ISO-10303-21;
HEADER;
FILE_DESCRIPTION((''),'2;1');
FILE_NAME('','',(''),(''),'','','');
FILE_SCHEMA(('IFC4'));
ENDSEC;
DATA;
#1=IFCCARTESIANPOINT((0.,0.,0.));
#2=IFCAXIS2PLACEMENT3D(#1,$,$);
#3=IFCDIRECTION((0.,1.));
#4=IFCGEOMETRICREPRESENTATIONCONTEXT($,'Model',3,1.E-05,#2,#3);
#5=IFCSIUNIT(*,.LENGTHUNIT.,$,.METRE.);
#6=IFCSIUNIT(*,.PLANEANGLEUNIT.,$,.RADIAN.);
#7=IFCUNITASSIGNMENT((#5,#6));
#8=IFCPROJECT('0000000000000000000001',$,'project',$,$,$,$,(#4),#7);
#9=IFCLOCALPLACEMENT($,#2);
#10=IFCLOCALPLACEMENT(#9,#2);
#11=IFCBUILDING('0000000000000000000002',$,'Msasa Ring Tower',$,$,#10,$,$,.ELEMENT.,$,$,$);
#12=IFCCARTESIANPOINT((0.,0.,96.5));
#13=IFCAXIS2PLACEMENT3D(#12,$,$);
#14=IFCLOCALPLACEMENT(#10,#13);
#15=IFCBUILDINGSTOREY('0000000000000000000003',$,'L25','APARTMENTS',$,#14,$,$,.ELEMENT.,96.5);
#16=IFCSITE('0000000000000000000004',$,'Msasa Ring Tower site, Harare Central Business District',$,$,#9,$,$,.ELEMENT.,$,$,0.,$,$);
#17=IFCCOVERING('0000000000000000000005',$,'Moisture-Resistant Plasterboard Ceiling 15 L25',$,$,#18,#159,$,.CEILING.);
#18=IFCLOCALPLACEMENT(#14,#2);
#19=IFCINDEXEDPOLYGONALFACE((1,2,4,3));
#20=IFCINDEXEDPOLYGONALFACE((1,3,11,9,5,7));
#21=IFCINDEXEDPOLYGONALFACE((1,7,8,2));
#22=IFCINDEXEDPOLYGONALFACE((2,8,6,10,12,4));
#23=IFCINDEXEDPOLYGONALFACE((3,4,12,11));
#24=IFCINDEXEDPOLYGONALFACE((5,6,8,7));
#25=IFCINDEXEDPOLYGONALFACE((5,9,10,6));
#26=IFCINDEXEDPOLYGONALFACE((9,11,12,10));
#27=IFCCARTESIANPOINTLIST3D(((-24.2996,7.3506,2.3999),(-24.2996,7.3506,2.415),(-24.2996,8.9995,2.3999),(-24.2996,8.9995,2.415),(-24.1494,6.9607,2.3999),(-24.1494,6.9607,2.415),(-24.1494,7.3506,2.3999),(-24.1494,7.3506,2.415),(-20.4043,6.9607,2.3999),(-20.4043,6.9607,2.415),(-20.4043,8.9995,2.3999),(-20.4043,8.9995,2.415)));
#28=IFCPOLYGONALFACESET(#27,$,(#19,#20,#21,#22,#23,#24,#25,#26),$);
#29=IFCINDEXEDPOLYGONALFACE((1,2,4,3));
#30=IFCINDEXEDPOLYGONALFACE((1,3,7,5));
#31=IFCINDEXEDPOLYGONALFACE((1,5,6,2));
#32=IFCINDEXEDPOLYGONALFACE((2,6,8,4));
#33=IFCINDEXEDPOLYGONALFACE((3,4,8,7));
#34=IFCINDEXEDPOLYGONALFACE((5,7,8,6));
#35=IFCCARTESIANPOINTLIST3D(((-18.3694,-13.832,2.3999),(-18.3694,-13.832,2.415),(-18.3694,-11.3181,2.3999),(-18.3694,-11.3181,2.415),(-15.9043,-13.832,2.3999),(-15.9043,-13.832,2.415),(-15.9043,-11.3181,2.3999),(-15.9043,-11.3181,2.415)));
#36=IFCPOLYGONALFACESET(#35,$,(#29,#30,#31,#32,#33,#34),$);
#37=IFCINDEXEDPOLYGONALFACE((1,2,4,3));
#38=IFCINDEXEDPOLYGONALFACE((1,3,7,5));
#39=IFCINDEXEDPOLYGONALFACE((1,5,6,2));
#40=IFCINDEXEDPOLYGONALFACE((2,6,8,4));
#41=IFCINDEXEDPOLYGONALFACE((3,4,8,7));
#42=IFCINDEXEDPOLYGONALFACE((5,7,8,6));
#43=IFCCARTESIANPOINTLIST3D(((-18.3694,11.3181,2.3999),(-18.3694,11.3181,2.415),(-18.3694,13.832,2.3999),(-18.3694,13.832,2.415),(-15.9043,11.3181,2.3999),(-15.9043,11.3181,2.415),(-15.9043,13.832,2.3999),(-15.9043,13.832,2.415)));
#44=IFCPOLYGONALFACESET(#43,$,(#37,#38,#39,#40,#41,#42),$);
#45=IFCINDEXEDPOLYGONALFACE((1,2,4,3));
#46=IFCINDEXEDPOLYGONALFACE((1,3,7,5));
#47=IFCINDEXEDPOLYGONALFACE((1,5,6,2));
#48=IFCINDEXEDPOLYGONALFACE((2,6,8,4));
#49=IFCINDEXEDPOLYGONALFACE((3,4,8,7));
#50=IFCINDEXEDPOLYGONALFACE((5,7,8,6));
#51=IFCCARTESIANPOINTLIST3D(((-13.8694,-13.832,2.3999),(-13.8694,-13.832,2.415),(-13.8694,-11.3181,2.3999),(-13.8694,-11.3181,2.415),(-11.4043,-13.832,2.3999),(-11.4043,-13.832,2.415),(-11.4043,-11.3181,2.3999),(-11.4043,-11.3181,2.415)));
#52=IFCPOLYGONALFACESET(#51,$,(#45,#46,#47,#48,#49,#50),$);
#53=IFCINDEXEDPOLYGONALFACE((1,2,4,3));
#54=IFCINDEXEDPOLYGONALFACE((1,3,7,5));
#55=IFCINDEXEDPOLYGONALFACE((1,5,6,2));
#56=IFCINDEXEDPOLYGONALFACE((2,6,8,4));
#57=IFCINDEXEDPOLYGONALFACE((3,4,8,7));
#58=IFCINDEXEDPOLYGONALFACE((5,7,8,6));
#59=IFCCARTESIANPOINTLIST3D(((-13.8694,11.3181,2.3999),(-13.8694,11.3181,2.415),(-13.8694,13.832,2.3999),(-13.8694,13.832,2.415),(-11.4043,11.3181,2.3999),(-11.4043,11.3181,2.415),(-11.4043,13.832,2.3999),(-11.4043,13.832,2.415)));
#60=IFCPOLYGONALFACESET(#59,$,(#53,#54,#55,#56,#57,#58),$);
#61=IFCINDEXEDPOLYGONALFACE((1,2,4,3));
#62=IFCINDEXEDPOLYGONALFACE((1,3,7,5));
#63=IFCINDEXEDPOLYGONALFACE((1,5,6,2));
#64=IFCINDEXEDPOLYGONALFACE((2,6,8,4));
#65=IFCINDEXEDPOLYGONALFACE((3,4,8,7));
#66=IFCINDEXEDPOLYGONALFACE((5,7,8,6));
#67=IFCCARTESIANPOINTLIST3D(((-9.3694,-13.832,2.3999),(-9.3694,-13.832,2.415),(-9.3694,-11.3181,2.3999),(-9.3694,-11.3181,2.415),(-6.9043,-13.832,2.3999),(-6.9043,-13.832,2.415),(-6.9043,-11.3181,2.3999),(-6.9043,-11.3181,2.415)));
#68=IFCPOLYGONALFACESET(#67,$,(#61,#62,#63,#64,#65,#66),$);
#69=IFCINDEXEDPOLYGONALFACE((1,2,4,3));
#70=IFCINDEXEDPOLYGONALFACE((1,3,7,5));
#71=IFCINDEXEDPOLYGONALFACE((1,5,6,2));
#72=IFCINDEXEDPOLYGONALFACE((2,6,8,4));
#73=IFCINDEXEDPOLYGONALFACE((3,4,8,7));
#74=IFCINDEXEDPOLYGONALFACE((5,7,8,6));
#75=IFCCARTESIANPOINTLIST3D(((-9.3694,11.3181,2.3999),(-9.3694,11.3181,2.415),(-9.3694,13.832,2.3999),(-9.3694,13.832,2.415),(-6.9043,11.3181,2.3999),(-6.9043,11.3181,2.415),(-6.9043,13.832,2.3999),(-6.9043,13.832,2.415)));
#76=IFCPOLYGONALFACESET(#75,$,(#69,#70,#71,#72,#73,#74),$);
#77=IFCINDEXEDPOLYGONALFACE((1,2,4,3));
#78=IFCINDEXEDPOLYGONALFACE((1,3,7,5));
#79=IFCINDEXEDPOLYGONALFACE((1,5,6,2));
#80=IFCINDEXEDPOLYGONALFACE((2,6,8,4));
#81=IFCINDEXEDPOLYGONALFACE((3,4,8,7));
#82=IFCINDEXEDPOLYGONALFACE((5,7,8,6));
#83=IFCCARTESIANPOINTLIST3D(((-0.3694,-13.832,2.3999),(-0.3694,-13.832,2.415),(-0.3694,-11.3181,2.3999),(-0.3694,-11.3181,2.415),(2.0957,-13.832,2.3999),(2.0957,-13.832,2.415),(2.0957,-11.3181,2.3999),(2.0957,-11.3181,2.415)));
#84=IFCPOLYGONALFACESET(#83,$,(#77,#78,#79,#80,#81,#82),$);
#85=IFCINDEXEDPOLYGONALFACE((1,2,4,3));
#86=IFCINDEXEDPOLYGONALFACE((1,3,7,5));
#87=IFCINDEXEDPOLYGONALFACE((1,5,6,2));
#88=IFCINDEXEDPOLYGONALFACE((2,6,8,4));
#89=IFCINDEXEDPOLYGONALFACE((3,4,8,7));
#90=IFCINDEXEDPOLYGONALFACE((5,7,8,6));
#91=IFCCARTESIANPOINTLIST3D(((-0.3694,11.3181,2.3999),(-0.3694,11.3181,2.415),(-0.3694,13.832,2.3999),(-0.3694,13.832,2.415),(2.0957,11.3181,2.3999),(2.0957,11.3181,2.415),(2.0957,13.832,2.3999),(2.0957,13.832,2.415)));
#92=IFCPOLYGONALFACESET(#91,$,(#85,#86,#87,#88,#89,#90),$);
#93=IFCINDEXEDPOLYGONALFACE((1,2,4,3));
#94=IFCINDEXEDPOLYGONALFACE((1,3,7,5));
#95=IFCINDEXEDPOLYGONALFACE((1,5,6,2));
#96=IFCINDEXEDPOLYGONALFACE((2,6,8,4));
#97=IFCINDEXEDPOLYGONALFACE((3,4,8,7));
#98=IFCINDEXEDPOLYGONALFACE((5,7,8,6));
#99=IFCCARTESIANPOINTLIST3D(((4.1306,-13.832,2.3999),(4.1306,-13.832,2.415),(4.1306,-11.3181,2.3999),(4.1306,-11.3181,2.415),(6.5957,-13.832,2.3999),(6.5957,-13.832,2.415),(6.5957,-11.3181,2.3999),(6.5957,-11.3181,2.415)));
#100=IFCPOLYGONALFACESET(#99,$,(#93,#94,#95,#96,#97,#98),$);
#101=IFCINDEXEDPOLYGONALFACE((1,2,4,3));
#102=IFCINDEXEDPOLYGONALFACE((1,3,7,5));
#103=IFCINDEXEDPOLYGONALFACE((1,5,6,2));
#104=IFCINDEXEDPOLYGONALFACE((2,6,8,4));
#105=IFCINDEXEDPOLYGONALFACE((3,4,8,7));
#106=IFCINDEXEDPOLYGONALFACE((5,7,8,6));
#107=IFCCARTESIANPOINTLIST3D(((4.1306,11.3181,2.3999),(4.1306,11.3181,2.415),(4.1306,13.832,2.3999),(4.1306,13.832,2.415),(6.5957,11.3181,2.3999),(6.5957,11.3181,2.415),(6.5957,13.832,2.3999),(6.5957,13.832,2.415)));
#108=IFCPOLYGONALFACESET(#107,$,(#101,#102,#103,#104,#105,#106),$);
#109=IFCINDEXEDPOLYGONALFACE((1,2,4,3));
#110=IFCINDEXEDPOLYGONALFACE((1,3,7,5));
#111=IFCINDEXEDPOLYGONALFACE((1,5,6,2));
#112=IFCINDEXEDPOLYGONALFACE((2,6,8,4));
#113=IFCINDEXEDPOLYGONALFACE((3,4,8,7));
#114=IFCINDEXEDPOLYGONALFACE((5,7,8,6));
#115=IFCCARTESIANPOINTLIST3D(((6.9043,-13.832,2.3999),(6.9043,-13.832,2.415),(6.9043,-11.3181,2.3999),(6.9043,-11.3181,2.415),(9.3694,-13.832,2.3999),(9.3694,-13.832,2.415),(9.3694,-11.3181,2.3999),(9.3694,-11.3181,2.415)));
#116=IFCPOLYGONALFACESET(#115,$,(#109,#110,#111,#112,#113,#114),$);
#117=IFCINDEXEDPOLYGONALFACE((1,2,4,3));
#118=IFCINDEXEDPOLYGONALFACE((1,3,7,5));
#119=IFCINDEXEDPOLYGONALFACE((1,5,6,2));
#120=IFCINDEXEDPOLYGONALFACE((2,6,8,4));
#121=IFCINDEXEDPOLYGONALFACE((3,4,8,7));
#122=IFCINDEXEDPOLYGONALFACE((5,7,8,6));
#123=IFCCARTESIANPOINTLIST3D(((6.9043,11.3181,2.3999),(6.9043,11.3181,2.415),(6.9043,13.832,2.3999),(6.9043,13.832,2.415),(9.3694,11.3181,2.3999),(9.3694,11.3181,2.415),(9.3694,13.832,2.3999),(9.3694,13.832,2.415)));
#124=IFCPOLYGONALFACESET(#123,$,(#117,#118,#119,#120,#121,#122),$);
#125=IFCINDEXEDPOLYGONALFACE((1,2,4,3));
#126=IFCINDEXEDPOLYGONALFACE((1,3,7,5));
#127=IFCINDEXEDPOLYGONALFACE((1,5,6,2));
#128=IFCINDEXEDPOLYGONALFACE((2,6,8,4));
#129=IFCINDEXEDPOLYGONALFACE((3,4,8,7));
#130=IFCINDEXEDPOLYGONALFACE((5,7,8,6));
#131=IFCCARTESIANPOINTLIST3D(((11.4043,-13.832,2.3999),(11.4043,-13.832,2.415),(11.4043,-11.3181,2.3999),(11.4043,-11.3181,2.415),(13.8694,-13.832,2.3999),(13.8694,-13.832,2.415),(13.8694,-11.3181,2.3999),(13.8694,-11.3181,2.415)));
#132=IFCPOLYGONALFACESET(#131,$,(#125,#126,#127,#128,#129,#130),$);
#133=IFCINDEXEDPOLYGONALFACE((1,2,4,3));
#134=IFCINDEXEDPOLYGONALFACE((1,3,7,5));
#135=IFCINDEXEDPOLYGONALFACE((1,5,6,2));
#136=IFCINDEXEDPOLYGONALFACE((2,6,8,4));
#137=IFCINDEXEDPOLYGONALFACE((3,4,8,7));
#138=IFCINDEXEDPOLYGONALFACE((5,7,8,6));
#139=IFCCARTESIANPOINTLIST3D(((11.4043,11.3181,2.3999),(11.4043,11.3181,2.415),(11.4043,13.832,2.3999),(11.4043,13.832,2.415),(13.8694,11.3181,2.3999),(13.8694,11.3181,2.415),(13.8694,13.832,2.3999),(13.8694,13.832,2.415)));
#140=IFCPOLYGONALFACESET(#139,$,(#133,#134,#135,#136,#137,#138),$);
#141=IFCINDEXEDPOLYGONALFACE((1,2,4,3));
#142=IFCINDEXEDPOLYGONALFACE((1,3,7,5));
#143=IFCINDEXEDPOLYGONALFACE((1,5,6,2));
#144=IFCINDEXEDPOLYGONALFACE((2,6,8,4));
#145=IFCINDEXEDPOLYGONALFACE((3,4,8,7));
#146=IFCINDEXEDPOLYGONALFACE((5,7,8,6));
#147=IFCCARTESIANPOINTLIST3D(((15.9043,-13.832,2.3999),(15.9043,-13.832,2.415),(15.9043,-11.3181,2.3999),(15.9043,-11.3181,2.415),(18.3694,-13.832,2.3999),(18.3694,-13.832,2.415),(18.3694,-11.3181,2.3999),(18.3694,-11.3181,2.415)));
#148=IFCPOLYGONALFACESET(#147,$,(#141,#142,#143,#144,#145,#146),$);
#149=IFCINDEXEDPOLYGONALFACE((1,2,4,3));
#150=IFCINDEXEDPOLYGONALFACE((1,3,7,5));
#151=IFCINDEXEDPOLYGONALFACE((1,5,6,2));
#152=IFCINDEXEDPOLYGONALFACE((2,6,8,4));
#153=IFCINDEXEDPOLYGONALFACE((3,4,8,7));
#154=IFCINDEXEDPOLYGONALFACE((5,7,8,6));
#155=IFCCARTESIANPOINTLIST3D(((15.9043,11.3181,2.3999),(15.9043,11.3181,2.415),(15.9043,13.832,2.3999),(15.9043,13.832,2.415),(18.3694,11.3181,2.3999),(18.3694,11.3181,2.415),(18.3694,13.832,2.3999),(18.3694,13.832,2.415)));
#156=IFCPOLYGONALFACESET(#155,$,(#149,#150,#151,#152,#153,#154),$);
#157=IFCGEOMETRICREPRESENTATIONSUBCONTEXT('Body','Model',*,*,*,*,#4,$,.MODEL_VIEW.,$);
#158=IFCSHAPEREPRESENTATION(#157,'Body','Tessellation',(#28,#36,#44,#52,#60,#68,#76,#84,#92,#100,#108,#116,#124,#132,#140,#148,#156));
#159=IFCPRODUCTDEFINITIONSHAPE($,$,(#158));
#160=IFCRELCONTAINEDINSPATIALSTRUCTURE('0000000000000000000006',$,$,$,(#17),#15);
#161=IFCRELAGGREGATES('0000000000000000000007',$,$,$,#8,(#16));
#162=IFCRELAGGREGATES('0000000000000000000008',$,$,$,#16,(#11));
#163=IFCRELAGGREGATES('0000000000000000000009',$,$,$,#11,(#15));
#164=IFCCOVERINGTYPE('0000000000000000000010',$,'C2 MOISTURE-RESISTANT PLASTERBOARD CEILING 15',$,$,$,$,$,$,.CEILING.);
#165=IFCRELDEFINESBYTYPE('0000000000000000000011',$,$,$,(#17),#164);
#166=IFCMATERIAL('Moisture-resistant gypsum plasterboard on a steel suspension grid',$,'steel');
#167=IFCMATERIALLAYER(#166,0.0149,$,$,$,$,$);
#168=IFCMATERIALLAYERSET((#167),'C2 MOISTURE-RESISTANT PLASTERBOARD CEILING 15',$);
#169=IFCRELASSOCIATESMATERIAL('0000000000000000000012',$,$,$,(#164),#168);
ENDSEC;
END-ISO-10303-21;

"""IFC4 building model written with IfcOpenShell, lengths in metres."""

from ifc_helpers import new_model, si_unit, direction, frame, origin, place, context, subcontext, project, spatial, line, indexed_curve, outline, extrude, material, layer, layer_set, type_object, element, save


model = new_model("IFC4")

# Units and contexts
model_context = context("Model", 3, precision=1e-05, world=origin(), true_north=direction((0.0, 1.0)))
body_context = subcontext(model_context, "Body", "Model", "MODEL_VIEW")
ifc_project = project(units=[si_unit("LENGTHUNIT", "METRE"), si_unit("PLANEANGLEUNIT", "RADIAN")], contexts=[model_context])

# Site, building, storey
site_placement = place(None, origin())
site = spatial("IfcSite", under=ifc_project, at=site_placement, Name="Msasa Ring Tower site, Harare Central Business District", CompositionType="ELEMENT", RefElevation=0.0)
building_placement = place(site_placement, origin())
building = spatial("IfcBuilding", under=site, at=building_placement, Name="Msasa Ring Tower", CompositionType="ELEMENT")
storey_placement = place(building_placement, frame((0.0, 0.0, 96.5)))
storey = spatial("IfcBuildingStorey", under=building, at=storey_placement, Name="L25", Description="APARTMENTS", CompositionType="ELEMENT", Elevation=96.5)

# Covering
ifc_material_1 = material(Name="Moisture-resistant gypsum plasterboard on a steel suspension grid", Category="steel")
ifc_layer_1 = layer(ifc_material_1, 0.0149)
ifc_layer_set_1 = layer_set([ifc_layer_1], Name="C2 MOISTURE-RESISTANT PLASTERBOARD CEILING 15")
covering_type_1 = type_object("IfcCoveringType", Name="C2 MOISTURE-RESISTANT PLASTERBOARD CEILING 15", PredefinedType="CEILING", material=ifc_layer_set_1)
covering_1_placement = place(storey_placement, frame((0.0, 0.0, 2.3999)))
element("IfcCovering", 1, at=covering_1_placement, inside=storey, type_object=covering_type_1, Name="Moisture-Resistant Plasterboard Ceiling 15 L25", PredefinedType="CEILING", context=body_context, shape_type="SweptSolid", body=[
    extrude(outline(indexed_curve([(-24.2996, 8.9995), (-20.4043, 8.9995), (-20.4043, 6.9607), (-24.1494, 6.9607), (-24.1494, 7.3506), (-24.2996, 7.3506)], segments=[line(1, 2, 3, 4, 5, 6, 1)], self_intersect=False)), origin(), (0.0, 0.0, 1.0), 0.0151),
    extrude(outline(indexed_curve([(-18.3694, -11.3181), (-15.9043, -11.3181), (-15.9043, -13.832), (-18.3694, -13.832)], segments=[line(1, 2, 3, 4, 1)], self_intersect=False)), origin(), (0.0, 0.0, 1.0), 0.0151),
    extrude(outline(indexed_curve([(-18.3694, 13.832), (-15.9043, 13.832), (-15.9043, 11.3181), (-18.3694, 11.3181)], segments=[line(1, 2, 3, 4, 1)], self_intersect=False)), origin(), (0.0, 0.0, 1.0), 0.0151),
    extrude(outline(indexed_curve([(-13.8694, -11.3181), (-11.4043, -11.3181), (-11.4043, -13.832), (-13.8694, -13.832)], segments=[line(1, 2, 3, 4, 1)], self_intersect=False)), origin(), (0.0, 0.0, 1.0), 0.0151),
    extrude(outline(indexed_curve([(-13.8694, 13.832), (-11.4043, 13.832), (-11.4043, 11.3181), (-13.8694, 11.3181)], segments=[line(1, 2, 3, 4, 1)], self_intersect=False)), origin(), (0.0, 0.0, 1.0), 0.0151),
    extrude(outline(indexed_curve([(-9.3694, -11.3181), (-6.9043, -11.3181), (-6.9043, -13.832), (-9.3694, -13.832)], segments=[line(1, 2, 3, 4, 1)], self_intersect=False)), origin(), (0.0, 0.0, 1.0), 0.0151),
    extrude(outline(indexed_curve([(-9.3694, 13.832), (-6.9043, 13.832), (-6.9043, 11.3181), (-9.3694, 11.3181)], segments=[line(1, 2, 3, 4, 1)], self_intersect=False)), origin(), (0.0, 0.0, 1.0), 0.0151),
    extrude(outline(indexed_curve([(-0.3694, -11.3181), (2.0957, -11.3181), (2.0957, -13.832), (-0.3694, -13.832)], segments=[line(1, 2, 3, 4, 1)], self_intersect=False)), origin(), (0.0, 0.0, 1.0), 0.0151),
    extrude(outline(indexed_curve([(-0.3694, 13.832), (2.0957, 13.832), (2.0957, 11.3181), (-0.3694, 11.3181)], segments=[line(1, 2, 3, 4, 1)], self_intersect=False)), origin(), (0.0, 0.0, 1.0), 0.0151),
    extrude(outline(indexed_curve([(4.1306, -11.3181), (6.5957, -11.3181), (6.5957, -13.832), (4.1306, -13.832)], segments=[line(1, 2, 3, 4, 1)], self_intersect=False)), origin(), (0.0, 0.0, 1.0), 0.0151),
    extrude(outline(indexed_curve([(4.1306, 13.832), (6.5957, 13.832), (6.5957, 11.3181), (4.1306, 11.3181)], segments=[line(1, 2, 3, 4, 1)], self_intersect=False)), origin(), (0.0, 0.0, 1.0), 0.0151),
    extrude(outline(indexed_curve([(9.3694, -11.3181), (9.3694, -13.832), (6.9043, -13.832), (6.9043, -11.3181)], segments=[line(1, 2, 3, 4, 1)], self_intersect=False)), origin(), (0.0, 0.0, 1.0), 0.0151),
    extrude(outline(indexed_curve([(9.3694, 13.832), (9.3694, 11.3181), (6.9043, 11.3181), (6.9043, 13.832)], segments=[line(1, 2, 3, 4, 1)], self_intersect=False)), origin(), (0.0, 0.0, 1.0), 0.0151),
    extrude(outline(indexed_curve([(13.8694, -11.3181), (13.8694, -13.832), (11.4043, -13.832), (11.4043, -11.3181)], segments=[line(1, 2, 3, 4, 1)], self_intersect=False)), origin(), (0.0, 0.0, 1.0), 0.0151),
    extrude(outline(indexed_curve([(13.8694, 13.832), (13.8694, 11.3181), (11.4043, 11.3181), (11.4043, 13.832)], segments=[line(1, 2, 3, 4, 1)], self_intersect=False)), origin(), (0.0, 0.0, 1.0), 0.0151),
    extrude(outline(indexed_curve([(18.3694, -11.3181), (18.3694, -13.832), (15.9043, -13.832), (15.9043, -11.3181)], segments=[line(1, 2, 3, 4, 1)], self_intersect=False)), origin(), (0.0, 0.0, 1.0), 0.0151),
    extrude(outline(indexed_curve([(18.3694, 13.832), (18.3694, 11.3181), (15.9043, 11.3181), (15.9043, 13.832)], segments=[line(1, 2, 3, 4, 1)], self_intersect=False)), origin(), (0.0, 0.0, 1.0), 0.0151),
])

save(model, "model.ifc")
